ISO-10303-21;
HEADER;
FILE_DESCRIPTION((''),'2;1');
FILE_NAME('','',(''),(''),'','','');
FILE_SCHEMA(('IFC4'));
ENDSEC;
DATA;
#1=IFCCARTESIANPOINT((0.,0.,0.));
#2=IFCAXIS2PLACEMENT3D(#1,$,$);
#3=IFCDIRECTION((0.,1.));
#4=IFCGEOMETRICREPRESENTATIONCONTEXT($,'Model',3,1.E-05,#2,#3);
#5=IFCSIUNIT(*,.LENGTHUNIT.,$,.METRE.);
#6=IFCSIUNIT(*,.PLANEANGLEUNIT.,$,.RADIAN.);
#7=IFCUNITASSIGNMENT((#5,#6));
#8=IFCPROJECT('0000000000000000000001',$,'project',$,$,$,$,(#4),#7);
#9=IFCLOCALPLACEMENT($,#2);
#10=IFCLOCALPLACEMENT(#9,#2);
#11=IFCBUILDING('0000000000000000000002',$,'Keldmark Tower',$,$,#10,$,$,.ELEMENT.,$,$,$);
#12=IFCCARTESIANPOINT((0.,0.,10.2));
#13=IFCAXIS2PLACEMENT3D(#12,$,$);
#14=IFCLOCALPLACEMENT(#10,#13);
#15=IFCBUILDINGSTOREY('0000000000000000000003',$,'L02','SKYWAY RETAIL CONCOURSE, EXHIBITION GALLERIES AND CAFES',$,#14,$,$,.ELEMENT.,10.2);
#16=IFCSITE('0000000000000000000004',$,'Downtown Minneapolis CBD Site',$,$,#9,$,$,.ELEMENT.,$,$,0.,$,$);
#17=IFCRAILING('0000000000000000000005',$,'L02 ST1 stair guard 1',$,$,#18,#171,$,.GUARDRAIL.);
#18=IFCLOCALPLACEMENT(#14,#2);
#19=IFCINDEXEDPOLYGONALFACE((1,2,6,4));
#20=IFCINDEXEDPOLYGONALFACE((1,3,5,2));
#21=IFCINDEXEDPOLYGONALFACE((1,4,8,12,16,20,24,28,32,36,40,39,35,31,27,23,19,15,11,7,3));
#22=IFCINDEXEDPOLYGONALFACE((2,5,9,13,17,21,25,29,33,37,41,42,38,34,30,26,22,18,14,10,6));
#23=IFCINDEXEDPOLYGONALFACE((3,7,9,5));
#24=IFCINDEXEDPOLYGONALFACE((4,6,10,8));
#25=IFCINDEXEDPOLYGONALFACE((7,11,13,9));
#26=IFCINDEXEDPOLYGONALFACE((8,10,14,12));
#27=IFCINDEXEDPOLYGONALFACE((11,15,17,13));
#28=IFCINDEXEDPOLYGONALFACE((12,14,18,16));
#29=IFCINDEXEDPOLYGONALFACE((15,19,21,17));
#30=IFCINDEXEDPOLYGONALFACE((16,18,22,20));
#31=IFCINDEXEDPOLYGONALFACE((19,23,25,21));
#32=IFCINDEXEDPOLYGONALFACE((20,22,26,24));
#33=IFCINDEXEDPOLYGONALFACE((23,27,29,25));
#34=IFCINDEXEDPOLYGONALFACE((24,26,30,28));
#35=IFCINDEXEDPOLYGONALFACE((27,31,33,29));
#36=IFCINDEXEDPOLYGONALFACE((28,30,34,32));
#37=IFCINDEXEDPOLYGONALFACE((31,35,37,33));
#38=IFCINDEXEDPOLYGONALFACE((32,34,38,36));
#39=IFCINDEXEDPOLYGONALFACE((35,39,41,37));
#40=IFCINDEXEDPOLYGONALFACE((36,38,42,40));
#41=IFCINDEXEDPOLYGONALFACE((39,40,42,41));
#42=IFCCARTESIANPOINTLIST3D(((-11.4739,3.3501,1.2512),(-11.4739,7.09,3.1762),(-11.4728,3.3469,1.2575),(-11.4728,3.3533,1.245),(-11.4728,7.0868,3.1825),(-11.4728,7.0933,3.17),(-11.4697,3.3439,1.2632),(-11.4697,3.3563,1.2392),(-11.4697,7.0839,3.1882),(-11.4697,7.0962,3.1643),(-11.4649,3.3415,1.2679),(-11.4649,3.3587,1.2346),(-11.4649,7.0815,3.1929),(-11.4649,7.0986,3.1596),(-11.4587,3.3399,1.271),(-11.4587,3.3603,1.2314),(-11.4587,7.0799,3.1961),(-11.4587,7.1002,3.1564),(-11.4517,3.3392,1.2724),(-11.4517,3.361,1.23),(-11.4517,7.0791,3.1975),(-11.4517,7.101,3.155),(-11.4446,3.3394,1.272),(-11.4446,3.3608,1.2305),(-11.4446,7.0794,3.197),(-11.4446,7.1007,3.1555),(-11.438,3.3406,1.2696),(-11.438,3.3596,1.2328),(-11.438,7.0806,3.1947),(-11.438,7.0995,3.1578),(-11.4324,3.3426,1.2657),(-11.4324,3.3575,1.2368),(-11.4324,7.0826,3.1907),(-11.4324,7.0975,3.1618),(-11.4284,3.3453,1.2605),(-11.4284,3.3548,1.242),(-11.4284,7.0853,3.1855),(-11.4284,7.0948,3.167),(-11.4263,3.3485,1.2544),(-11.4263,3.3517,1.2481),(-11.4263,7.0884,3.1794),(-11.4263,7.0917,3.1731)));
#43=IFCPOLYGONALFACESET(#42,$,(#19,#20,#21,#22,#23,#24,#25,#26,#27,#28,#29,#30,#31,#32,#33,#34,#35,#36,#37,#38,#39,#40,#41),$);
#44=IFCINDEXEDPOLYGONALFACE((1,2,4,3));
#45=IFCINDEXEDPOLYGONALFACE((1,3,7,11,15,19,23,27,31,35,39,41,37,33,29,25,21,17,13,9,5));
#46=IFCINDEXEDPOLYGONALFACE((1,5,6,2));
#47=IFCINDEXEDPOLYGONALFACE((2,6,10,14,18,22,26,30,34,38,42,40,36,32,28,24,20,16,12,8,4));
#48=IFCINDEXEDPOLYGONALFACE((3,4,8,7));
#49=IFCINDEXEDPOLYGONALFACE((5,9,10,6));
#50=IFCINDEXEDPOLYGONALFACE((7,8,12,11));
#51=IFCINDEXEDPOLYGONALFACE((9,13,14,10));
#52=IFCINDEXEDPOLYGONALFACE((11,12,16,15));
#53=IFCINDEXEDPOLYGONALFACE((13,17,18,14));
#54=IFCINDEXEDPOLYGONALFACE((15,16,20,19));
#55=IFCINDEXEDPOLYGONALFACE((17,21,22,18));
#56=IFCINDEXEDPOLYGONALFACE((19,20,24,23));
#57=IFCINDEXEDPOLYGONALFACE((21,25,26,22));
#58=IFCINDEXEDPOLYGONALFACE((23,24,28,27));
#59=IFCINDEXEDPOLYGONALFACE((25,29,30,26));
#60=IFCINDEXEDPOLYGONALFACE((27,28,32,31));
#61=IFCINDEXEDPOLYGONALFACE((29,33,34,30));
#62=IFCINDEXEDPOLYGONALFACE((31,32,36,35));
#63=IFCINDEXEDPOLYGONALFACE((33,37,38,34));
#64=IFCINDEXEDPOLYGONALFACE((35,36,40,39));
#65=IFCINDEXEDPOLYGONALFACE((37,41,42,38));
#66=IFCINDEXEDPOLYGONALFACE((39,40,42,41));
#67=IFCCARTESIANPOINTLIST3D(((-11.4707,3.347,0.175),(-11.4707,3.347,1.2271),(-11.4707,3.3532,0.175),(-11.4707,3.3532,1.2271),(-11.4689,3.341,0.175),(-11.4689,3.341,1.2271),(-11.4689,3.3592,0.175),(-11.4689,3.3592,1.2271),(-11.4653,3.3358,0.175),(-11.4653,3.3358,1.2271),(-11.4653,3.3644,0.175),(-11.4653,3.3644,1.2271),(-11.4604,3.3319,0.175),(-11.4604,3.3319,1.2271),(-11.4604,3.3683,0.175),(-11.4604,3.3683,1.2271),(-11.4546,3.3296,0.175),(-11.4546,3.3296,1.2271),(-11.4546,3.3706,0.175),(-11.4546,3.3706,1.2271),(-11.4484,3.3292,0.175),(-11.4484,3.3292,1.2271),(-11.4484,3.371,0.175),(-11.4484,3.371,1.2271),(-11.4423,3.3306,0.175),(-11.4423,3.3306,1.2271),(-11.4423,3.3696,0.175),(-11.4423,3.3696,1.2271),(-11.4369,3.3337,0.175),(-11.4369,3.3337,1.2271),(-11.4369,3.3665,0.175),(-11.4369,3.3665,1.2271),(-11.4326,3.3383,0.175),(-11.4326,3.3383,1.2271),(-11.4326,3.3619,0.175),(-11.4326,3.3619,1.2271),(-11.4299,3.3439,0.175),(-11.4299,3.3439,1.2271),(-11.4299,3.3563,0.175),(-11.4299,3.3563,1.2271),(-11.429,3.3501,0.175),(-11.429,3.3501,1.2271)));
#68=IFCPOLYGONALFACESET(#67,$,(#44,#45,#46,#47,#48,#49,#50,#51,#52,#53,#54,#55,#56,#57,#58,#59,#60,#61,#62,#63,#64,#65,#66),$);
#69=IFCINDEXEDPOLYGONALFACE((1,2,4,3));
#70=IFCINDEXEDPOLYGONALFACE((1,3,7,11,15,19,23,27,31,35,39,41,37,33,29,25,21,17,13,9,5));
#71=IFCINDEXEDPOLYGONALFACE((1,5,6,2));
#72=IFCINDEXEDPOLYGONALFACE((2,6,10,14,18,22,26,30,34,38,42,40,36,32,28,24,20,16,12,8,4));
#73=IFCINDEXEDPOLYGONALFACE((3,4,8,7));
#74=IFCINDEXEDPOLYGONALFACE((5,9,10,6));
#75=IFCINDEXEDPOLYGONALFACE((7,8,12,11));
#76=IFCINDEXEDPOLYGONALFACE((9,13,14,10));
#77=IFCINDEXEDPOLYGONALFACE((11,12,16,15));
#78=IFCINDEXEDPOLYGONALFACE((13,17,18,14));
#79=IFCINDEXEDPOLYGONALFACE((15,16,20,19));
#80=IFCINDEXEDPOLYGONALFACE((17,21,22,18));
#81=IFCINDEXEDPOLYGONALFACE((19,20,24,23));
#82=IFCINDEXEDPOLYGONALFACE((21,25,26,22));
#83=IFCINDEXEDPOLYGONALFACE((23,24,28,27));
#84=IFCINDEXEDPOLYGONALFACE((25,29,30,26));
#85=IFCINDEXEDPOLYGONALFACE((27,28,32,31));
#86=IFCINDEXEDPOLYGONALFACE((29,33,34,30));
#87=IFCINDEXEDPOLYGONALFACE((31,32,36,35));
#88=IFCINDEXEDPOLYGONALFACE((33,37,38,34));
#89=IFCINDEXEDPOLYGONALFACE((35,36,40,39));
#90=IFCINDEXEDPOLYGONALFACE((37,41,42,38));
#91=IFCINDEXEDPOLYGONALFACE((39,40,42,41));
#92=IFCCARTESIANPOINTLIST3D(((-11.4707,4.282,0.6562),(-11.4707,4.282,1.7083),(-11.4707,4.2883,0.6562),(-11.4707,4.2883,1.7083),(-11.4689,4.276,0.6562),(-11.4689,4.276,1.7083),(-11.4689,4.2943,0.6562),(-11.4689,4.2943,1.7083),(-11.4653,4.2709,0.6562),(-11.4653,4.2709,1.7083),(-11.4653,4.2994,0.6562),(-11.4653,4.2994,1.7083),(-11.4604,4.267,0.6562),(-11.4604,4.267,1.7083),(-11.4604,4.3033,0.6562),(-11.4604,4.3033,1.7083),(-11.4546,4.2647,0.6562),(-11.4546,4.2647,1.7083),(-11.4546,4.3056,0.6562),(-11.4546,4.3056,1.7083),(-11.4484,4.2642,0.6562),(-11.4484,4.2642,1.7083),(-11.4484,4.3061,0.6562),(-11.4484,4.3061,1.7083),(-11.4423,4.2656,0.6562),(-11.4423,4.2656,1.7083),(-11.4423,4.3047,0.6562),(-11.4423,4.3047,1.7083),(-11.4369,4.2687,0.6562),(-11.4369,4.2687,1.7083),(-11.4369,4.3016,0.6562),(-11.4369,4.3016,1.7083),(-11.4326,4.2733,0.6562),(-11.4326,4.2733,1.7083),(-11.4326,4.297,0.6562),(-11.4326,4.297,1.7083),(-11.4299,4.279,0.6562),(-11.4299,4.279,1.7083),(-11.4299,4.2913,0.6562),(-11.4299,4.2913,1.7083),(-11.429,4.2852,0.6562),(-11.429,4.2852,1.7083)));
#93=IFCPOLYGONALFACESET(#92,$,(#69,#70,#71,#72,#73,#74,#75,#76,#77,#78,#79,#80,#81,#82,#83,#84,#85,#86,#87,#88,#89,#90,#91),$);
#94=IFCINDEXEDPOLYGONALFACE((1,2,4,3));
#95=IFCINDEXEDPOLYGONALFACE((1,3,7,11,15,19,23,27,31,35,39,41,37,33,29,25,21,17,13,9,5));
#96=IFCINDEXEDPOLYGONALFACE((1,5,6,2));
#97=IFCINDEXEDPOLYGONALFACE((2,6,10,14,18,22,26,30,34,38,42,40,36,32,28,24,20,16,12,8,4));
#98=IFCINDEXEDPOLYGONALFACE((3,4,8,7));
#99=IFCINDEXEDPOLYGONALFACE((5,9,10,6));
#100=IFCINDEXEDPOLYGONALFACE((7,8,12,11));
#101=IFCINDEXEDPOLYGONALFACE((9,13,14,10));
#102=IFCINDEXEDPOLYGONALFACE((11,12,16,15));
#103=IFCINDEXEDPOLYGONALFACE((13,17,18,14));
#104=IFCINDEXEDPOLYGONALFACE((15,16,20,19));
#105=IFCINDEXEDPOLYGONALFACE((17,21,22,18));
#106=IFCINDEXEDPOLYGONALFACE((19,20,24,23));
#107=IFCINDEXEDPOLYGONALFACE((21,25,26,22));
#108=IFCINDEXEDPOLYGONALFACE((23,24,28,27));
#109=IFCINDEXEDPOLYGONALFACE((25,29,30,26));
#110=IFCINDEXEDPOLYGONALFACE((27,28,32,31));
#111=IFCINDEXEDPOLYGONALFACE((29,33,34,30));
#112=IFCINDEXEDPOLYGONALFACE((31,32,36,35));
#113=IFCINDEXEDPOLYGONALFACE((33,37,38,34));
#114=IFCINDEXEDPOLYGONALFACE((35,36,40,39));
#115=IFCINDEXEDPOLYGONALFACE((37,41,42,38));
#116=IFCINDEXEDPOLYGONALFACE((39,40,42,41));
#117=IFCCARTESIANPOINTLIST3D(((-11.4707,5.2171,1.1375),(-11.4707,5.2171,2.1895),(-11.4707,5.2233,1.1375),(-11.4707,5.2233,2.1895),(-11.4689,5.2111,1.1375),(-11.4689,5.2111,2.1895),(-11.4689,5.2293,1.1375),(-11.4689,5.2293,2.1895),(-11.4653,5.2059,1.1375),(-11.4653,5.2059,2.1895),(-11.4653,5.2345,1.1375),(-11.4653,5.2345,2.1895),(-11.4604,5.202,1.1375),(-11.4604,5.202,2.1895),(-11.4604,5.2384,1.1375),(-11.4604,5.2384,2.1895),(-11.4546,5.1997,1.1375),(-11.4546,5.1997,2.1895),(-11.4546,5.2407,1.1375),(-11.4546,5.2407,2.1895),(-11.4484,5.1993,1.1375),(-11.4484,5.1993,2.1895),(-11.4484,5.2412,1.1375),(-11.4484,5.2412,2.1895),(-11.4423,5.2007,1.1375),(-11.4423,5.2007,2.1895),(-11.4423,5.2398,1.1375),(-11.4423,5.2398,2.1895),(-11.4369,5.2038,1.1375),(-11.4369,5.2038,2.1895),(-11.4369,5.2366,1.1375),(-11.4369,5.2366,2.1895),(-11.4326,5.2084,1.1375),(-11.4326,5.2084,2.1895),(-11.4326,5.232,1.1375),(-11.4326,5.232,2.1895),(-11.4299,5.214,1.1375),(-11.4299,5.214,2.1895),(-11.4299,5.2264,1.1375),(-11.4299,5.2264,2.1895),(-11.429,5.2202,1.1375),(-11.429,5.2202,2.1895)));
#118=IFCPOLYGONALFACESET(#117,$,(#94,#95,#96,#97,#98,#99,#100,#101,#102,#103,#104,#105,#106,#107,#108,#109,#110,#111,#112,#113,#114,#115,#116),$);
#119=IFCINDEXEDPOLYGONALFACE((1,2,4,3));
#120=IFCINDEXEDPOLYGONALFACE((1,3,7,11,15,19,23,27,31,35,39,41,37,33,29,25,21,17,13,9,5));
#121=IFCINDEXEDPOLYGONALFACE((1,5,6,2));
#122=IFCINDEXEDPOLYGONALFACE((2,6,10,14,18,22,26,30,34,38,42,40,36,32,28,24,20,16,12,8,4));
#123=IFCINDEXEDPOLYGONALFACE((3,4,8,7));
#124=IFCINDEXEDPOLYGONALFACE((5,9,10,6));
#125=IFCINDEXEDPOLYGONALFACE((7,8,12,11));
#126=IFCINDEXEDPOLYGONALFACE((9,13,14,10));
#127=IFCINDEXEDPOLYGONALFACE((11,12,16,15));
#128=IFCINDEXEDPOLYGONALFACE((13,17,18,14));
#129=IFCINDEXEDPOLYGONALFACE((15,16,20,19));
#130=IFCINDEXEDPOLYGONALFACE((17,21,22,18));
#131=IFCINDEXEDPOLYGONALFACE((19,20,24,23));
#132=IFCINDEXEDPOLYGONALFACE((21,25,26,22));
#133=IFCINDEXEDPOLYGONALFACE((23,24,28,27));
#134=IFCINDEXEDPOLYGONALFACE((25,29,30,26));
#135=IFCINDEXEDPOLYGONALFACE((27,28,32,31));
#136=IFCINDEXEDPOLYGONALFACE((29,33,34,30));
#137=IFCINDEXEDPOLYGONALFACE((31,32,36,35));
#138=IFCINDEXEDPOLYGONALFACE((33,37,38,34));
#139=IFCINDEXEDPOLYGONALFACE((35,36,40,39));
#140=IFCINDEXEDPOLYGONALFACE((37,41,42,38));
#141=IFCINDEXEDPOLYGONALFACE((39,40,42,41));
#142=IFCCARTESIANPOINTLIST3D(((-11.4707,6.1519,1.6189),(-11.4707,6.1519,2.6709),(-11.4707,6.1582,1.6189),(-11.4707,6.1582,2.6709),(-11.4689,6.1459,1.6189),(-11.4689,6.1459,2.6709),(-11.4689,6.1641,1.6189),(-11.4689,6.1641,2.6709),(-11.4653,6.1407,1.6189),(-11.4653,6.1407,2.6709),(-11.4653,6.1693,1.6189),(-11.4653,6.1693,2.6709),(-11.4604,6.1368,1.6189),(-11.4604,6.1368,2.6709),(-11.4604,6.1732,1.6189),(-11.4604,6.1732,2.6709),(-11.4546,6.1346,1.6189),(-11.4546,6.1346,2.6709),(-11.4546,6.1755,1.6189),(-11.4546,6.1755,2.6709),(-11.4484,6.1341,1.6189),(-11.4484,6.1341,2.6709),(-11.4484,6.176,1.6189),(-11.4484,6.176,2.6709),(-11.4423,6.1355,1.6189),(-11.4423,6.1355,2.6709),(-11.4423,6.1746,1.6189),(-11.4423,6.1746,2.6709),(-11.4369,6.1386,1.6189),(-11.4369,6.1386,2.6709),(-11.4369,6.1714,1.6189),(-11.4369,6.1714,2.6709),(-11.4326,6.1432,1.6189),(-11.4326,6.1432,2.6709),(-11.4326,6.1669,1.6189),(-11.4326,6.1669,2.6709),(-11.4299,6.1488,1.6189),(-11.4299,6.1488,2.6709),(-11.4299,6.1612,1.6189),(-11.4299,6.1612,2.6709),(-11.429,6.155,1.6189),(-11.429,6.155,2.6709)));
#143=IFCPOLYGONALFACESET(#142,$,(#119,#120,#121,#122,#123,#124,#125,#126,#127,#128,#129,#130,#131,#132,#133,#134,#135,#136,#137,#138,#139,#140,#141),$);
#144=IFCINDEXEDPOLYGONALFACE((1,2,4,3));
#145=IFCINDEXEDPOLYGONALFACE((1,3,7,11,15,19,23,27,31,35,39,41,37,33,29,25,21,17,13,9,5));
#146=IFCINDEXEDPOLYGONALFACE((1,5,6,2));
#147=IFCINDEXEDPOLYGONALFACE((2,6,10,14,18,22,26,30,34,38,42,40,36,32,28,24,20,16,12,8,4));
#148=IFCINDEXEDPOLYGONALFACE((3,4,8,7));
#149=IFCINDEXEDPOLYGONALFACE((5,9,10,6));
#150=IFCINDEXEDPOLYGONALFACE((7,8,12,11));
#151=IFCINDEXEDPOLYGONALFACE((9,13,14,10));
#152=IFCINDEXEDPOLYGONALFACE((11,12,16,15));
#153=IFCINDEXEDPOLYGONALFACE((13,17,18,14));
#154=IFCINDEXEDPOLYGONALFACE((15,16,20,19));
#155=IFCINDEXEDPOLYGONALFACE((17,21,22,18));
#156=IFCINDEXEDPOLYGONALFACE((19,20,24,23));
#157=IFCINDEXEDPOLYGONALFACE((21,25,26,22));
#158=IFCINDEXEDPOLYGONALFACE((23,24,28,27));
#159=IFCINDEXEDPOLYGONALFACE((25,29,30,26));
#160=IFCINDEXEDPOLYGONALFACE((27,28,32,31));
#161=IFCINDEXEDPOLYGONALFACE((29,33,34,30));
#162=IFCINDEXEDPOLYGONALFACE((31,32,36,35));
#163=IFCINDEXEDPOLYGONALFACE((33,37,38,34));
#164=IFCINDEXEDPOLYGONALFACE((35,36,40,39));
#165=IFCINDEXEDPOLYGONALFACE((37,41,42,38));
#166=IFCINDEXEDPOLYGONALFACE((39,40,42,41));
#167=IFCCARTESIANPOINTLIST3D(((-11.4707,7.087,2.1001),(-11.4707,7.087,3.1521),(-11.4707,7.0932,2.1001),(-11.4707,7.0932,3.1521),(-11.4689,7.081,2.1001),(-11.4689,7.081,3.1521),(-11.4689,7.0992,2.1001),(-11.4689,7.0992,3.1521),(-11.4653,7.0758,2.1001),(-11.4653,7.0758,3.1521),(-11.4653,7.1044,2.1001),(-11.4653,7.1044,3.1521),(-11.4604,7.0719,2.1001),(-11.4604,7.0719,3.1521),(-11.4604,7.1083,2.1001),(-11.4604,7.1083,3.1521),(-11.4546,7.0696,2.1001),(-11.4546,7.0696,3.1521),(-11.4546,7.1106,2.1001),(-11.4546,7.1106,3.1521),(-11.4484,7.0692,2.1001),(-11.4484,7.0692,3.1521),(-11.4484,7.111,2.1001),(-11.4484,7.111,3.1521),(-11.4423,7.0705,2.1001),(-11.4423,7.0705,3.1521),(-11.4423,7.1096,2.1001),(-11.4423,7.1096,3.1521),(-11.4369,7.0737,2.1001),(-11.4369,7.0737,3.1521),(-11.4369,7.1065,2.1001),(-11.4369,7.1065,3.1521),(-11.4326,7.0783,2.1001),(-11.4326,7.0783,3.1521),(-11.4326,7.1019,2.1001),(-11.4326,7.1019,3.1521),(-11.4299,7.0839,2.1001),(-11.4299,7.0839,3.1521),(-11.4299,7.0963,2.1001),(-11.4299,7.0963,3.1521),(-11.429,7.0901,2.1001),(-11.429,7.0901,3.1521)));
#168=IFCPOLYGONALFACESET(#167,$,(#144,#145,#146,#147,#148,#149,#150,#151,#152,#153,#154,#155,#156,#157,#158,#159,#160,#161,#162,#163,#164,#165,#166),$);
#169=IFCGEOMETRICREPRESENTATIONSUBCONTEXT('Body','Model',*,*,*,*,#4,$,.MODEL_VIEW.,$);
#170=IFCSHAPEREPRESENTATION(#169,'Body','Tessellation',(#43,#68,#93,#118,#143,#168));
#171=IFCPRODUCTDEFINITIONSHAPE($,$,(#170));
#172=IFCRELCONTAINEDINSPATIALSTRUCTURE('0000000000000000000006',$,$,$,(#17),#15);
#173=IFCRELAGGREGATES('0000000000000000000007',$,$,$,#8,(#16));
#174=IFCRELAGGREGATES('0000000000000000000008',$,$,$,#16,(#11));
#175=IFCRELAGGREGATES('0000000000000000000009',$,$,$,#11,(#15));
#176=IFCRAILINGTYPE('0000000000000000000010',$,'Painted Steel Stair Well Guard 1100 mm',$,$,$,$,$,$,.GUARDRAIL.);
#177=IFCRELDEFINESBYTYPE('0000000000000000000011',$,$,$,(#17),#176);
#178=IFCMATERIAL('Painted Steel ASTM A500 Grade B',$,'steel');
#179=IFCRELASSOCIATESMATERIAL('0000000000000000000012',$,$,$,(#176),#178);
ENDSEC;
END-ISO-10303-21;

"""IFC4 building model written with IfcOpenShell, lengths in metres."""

from ifc_helpers import new_model, si_unit, direction, frame, origin, origin_2d, place, context, subcontext, project, spatial, circle, extrude, material, type_object, element, save


model = new_model("IFC4")

# Units and contexts
model_context = context("Model", 3, precision=1e-05, world=origin(), true_north=direction((0.0, 1.0)))
body_context = subcontext(model_context, "Body", "Model", "MODEL_VIEW")
ifc_project = project(units=[si_unit("LENGTHUNIT", "METRE"), si_unit("PLANEANGLEUNIT", "RADIAN")], contexts=[model_context])

# Site, building, storey
site_placement = place(None, origin())
site = spatial("IfcSite", under=ifc_project, at=site_placement, Name="Downtown Minneapolis CBD Site", CompositionType="ELEMENT", RefElevation=0.0)
building_placement = place(site_placement, origin())
building = spatial("IfcBuilding", under=site, at=building_placement, Name="Keldmark Tower", CompositionType="ELEMENT")
storey_placement = place(building_placement, frame((0.0, 0.0, 10.2)))
storey = spatial("IfcBuildingStorey", under=building, at=storey_placement, Name="L02", Description="SKYWAY RETAIL CONCOURSE, EXHIBITION GALLERIES AND CAFES", CompositionType="ELEMENT", Elevation=10.2)

# Railing
ifc_material_1 = material(Name="Painted Steel ASTM A500 Grade B", Category="steel")
railing_type_1 = type_object("IfcRailingType", Name="Painted Steel Stair Well Guard 1100 mm", PredefinedType="GUARDRAIL", material=ifc_material_1)
railing_1_placement = place(storey_placement, frame((-11.45, 3.3501, 0.175)))
element("IfcRailing", 1, at=railing_1_placement, inside=storey, type_object=railing_type_1, Name="L02 ST1 stair guard 1", PredefinedType="GUARDRAIL", context=body_context, shape_type="SweptSolid", body=[
    extrude(circle(Radius=0.0239, at=origin_2d()), frame((0.0, 0.0, 1.0762), z_axis=(0.0, 0.889131, 0.457654), x_axis=(-1.0, 0.0, 0.0)), (0.0, 0.0, 1.0), 4.2063),
    extrude(circle(Radius=0.021, at=origin_2d()), origin(), (0.0, 0.0, 1.0), 1.052),
    extrude(circle(Radius=0.021, at=origin_2d()), frame((0.0, 0.9351, 0.4812)), (0.0, 0.0, 1.0), 1.052),
    extrude(circle(Radius=0.021, at=origin_2d()), frame((0.0, 1.8701, 0.9624)), (0.0, 0.0, 1.0), 1.052),
    extrude(circle(Radius=0.021, at=origin_2d()), frame((0.0, 2.8049, 1.4438)), (0.0, 0.0, 1.0), 1.052),
    extrude(circle(Radius=0.021, at=origin_2d()), frame((0.0, 3.74, 1.925)), (0.0, 0.0, 1.0), 1.052),
])

save(model, "model.ifc")
